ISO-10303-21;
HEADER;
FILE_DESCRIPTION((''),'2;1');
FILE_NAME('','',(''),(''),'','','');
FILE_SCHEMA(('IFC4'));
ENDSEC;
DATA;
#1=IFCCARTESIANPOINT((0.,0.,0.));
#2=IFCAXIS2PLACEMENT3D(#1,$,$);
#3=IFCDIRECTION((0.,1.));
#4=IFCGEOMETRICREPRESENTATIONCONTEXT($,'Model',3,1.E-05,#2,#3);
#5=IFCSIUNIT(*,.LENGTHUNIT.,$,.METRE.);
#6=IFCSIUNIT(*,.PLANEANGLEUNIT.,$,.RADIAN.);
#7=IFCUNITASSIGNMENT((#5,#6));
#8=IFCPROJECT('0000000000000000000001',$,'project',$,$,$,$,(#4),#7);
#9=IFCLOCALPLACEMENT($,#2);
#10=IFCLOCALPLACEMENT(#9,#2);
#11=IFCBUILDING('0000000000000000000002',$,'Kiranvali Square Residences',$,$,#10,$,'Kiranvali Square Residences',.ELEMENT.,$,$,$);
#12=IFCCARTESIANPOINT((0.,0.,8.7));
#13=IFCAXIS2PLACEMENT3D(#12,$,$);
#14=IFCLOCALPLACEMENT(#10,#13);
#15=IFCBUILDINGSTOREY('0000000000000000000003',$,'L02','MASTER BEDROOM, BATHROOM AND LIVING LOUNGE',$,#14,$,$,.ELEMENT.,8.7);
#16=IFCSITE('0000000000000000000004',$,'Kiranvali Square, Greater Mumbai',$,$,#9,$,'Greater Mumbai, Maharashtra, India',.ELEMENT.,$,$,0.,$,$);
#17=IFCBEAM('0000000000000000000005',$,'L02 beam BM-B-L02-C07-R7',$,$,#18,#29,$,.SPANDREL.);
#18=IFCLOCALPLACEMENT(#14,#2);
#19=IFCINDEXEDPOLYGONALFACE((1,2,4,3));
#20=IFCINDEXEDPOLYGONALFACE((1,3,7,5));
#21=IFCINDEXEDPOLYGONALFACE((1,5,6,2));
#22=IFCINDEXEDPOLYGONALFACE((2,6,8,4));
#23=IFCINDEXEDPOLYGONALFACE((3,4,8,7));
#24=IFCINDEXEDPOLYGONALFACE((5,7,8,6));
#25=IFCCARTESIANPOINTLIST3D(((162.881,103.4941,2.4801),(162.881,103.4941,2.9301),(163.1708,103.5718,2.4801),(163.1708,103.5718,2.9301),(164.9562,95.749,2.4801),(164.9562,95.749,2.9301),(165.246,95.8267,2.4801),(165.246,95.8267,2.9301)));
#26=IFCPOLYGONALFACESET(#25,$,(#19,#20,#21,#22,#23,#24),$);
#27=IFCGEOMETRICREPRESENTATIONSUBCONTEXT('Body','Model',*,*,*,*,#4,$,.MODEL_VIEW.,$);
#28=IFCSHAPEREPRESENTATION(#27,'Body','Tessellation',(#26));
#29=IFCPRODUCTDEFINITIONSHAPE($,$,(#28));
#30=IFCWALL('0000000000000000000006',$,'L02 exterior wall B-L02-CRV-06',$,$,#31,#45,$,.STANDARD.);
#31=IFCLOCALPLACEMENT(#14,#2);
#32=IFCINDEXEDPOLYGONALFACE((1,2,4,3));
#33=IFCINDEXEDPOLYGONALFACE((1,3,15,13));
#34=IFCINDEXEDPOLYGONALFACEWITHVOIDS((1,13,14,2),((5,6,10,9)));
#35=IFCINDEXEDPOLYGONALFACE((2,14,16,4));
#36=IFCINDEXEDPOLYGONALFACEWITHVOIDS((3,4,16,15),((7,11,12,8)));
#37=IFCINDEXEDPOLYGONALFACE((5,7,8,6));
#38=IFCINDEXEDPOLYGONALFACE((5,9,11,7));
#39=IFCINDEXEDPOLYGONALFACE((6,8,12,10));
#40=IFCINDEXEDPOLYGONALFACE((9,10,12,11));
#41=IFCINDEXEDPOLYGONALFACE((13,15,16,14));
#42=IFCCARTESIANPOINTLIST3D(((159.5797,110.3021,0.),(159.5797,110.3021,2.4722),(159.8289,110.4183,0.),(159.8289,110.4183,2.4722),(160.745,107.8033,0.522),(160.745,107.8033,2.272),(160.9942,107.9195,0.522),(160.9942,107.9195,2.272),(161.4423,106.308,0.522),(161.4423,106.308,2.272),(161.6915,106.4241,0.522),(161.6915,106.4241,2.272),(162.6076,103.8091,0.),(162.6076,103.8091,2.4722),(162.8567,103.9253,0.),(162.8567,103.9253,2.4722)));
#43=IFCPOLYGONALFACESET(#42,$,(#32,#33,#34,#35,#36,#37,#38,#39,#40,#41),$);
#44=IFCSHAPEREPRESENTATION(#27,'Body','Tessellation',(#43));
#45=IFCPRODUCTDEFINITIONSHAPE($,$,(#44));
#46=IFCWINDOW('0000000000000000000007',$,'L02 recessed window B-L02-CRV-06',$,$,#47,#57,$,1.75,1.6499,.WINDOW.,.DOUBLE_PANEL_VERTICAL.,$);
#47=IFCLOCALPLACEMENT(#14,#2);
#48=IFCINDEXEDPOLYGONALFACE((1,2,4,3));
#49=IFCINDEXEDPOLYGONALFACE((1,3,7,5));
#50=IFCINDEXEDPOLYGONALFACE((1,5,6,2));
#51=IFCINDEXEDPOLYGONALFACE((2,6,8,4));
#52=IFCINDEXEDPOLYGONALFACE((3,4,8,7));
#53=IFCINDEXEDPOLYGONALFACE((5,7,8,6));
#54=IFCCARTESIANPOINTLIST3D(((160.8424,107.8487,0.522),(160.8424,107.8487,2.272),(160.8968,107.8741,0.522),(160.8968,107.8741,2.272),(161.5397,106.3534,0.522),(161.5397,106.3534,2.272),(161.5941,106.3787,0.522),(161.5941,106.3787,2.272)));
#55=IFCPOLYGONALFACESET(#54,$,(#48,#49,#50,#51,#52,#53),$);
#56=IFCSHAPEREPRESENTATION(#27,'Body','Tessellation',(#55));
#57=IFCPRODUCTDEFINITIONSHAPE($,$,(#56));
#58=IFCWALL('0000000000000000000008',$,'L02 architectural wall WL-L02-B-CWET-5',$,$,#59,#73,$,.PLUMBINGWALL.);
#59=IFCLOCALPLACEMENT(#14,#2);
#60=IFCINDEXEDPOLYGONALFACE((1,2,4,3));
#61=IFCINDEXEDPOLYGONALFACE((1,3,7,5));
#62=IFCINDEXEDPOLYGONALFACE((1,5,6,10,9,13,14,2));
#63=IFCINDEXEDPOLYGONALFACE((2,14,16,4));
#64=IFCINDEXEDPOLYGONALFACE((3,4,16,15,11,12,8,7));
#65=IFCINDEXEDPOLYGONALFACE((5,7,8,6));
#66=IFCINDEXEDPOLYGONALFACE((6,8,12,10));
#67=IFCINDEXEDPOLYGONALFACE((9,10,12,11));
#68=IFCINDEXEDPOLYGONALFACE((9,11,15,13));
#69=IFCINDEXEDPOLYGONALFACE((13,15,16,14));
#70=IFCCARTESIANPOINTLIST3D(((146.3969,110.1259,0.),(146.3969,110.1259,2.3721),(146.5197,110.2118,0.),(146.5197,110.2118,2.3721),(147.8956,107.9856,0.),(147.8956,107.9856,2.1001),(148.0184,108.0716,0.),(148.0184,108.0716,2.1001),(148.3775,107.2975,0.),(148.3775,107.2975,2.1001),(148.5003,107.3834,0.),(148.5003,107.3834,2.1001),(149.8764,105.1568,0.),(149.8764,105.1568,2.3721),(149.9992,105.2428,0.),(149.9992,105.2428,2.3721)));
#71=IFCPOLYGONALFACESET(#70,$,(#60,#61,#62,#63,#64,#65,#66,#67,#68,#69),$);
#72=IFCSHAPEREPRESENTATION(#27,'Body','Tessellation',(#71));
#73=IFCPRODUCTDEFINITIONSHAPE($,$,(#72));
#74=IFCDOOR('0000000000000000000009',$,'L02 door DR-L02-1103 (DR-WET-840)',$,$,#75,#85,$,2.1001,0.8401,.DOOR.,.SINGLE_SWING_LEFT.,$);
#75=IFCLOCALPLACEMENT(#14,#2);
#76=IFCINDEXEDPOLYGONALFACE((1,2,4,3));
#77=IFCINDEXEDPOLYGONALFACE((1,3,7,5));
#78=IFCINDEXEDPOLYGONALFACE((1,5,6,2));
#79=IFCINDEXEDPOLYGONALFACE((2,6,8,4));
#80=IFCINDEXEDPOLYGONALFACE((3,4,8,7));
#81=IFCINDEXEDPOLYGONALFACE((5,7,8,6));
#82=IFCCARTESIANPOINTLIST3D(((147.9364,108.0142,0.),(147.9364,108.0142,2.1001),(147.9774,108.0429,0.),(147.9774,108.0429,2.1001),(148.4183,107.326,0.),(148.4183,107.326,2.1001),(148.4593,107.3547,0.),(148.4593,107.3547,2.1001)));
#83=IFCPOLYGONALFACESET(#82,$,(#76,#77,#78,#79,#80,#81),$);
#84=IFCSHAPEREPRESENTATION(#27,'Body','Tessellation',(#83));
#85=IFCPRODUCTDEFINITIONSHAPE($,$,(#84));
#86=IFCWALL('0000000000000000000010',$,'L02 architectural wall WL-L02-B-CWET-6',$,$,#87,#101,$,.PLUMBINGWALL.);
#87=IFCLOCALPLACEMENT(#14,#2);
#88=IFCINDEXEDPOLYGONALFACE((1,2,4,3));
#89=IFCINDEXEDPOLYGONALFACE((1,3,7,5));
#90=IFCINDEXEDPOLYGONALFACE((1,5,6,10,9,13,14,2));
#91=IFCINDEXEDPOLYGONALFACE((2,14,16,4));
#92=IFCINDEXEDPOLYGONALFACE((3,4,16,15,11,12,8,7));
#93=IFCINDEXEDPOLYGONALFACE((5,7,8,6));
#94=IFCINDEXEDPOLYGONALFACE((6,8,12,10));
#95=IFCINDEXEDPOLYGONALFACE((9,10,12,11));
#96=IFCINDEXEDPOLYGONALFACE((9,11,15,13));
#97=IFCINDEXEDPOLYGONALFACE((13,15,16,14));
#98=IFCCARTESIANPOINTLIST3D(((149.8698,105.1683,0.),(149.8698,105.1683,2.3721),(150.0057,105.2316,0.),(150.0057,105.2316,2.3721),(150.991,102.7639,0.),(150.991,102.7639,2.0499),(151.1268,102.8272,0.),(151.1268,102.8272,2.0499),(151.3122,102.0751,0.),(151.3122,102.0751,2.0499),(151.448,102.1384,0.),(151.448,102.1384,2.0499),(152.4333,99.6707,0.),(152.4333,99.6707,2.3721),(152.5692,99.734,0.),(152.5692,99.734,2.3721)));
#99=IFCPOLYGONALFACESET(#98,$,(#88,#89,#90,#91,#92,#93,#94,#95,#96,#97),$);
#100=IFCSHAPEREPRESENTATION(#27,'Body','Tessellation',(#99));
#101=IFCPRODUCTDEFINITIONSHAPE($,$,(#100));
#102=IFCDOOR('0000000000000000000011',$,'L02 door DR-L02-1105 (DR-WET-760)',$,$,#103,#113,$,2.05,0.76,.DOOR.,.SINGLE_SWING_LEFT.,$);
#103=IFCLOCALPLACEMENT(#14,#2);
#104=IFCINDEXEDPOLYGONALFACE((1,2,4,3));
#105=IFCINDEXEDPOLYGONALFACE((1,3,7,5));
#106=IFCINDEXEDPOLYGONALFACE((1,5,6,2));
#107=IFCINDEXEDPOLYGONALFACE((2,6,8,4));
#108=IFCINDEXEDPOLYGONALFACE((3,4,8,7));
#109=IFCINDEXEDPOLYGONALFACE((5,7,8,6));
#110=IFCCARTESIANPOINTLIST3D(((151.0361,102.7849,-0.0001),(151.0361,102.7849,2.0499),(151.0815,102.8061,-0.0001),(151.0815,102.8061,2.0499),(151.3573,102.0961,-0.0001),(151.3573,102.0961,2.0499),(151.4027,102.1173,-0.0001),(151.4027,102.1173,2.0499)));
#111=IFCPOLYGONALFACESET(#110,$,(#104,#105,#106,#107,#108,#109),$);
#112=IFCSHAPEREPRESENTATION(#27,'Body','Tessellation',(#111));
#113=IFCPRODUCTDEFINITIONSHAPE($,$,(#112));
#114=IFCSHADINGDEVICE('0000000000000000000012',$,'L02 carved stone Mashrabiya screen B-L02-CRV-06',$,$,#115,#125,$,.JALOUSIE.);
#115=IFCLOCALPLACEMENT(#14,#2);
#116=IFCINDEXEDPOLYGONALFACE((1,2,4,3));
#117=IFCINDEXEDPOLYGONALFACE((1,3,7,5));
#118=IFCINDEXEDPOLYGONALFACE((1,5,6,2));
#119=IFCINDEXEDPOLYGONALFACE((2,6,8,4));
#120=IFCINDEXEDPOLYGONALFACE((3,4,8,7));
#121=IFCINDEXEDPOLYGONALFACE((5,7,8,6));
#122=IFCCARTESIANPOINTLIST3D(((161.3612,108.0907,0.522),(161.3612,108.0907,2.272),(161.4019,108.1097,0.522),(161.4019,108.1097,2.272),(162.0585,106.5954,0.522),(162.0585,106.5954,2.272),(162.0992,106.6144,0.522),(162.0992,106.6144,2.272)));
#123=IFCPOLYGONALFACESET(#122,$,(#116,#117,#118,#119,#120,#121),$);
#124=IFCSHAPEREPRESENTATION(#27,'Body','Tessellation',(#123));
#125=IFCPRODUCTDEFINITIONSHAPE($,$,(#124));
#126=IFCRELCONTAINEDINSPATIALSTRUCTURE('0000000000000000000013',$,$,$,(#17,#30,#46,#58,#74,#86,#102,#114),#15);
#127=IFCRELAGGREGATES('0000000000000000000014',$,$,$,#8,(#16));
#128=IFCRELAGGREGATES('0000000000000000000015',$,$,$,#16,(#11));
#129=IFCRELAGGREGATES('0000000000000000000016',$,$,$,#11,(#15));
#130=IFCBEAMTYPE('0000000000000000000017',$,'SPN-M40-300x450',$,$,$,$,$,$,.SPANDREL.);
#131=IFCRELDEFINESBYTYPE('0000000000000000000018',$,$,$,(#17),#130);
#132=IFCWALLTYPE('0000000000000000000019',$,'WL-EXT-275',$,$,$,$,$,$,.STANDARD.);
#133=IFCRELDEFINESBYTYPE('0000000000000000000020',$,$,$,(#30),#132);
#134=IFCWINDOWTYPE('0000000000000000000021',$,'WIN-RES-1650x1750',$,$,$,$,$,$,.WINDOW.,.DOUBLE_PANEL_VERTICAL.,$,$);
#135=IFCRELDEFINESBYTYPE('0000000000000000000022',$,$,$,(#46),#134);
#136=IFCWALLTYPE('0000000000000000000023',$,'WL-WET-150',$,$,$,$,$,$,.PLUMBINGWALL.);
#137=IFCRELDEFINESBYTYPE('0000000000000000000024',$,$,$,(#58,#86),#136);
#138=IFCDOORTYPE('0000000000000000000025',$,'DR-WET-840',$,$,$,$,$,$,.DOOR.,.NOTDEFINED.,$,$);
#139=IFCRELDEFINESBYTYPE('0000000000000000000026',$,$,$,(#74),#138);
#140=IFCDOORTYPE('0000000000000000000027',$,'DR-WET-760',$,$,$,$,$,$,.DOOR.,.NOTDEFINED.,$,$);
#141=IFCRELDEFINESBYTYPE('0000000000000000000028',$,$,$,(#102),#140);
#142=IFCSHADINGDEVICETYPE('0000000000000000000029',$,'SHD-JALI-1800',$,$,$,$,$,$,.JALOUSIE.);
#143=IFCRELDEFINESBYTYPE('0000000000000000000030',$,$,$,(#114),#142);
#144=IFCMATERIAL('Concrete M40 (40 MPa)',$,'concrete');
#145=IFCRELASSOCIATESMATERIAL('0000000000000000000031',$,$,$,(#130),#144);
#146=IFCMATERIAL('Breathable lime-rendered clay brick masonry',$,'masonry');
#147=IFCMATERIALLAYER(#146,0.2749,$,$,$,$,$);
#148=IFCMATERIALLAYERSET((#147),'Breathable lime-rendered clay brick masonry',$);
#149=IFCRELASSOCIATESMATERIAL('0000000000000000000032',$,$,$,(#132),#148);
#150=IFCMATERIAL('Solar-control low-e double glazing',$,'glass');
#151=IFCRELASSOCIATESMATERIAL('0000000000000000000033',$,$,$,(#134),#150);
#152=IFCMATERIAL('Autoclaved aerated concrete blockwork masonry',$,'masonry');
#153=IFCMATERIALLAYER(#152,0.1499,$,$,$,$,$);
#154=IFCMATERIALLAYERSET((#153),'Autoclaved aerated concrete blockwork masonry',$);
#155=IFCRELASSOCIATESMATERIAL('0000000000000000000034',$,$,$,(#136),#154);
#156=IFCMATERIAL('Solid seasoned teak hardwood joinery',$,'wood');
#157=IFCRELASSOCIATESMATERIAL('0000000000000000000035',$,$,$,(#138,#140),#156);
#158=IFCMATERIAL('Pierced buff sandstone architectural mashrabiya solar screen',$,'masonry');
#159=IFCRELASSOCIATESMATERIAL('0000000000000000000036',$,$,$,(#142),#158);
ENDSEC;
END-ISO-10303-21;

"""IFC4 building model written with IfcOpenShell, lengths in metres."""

from ifc_helpers import new_model, si_unit, direction, frame, frame_2d, origin, origin_2d, place, context, subcontext, project, spatial, rectangle, extrude, material, layer, layer_set, material_profile, profile_set, type_object, element, fill, save


model = new_model("IFC4")

# Units and contexts
model_context = context("Model", 3, precision=1e-05, world=origin(), true_north=direction((0.0, 1.0)))
body_context = subcontext(model_context, "Body", "Model", "MODEL_VIEW")
ifc_project = project(units=[si_unit("LENGTHUNIT", "METRE"), si_unit("PLANEANGLEUNIT", "RADIAN")], contexts=[model_context])

# Site, building, storey
site_placement = place(None, origin())
site = spatial("IfcSite", under=ifc_project, at=site_placement, Name="Kiranvali Square, Greater Mumbai", LongName="Greater Mumbai, Maharashtra, India", CompositionType="ELEMENT", RefElevation=0.0)
building_placement = place(site_placement, origin())
building = spatial("IfcBuilding", under=site, at=building_placement, Name="Kiranvali Square Residences", LongName="Kiranvali Square Residences", CompositionType="ELEMENT")
storey_placement = place(building_placement, frame((0.0, 0.0, 8.7)))
storey = spatial("IfcBuildingStorey", under=building, at=storey_placement, Name="L02", Description="MASTER BEDROOM, BATHROOM AND LIVING LOUNGE", CompositionType="ELEMENT", Elevation=8.7)

# Beam
ifc_material_1 = material(Name="Concrete M40 (40 MPa)", Category="concrete")
ifc_material_profile_1 = material_profile(ifc_material_1, rectangle(XDim=0.3, YDim=0.45, at=origin_2d()), Name="RC 300x450")
ifc_profile_set_1 = profile_set([ifc_material_profile_1], Name="Concrete M40 (40 MPa)")
beam_type_1 = type_object("IfcBeamType", Name="SPN-M40-300x450", PredefinedType="SPANDREL", material=ifc_profile_set_1)
beam_1_placement = place(storey_placement, frame((163.0259, 103.533, 2.7051), z_axis=(0.258807, -0.965929, 0.0), x_axis=(0.965929, 0.258807, 0.0)))
element("IfcBeam", 1, at=beam_1_placement, inside=storey, type_object=beam_type_1, Name="L02 beam BM-B-L02-C07-R7", PredefinedType="SPANDREL", context=body_context, shape_type="SweptSolid", body=[
    extrude(rectangle(XDim=0.3, YDim=0.45, at=origin_2d()), origin(), (0.0, 0.0, 1.0), 8.0183),
])

# Wall, opening, window
ifc_material_2 = material(Name="Breathable lime-rendered clay brick masonry", Category="masonry")
ifc_layer_1 = layer(ifc_material_2, 0.2749)
ifc_layer_set_1 = layer_set([ifc_layer_1], Name="Breathable lime-rendered clay brick masonry")
wall_type_1 = type_object("IfcWallType", Name="WL-EXT-275", PredefinedType="STANDARD", material=ifc_layer_set_1)
wall_1_placement = place(storey_placement, frame((159.7043, 110.3601, 0.0), z_axis=(0.0, 0.0, 1.0), x_axis=(0.422634, -0.906301, 0.0)))
wall_1 = element("IfcWall", 2, at=wall_1_placement, inside=storey, type_object=wall_type_1, Name="L02 exterior wall B-L02-CRV-06", PredefinedType="STANDARD", context=body_context, shape_type="SweptSolid", body=[
    extrude(rectangle(XDim=7.1643, YDim=0.2749, at=frame_2d((3.582, 0.0))), origin(), (0.0, 0.0, 1.0), 2.4722),
])
opening_1_placement = place(wall_1_placement, frame((2.7571, 0.0, 0.522)))
opening_1 = element("IfcOpeningElement", 3, at=opening_1_placement, cuts=wall_1, PredefinedType="OPENING", context=body_context, shape_type="SweptSolid", body=[
    extrude(rectangle(XDim=1.6499, YDim=1.75, at=frame_2d((0.825, 0.875))), frame((0.0, 0.1475, 0.0), z_axis=(0.0, -1.0, 0.0), x_axis=(1.0, 0.0, 0.0)), (0.0, 0.0, 1.0), 0.2949),
])
ifc_material_3 = material(Name="Solar-control low-e double glazing", Category="glass")
window_type_1 = type_object("IfcWindowType", Name="WIN-RES-1650x1750", PartitioningType="DOUBLE_PANEL_VERTICAL", PredefinedType="WINDOW", material=ifc_material_3)
window_1_placement = place(opening_1_placement, origin())
window_1 = element("IfcWindow", 4, at=window_1_placement, inside=storey, type_object=window_type_1, Name="L02 recessed window B-L02-CRV-06", OverallHeight=1.75, OverallWidth=1.6499, PartitioningType="DOUBLE_PANEL_VERTICAL", PredefinedType="WINDOW", context=body_context, shape_type="SweptSolid", body=[
    extrude(rectangle(XDim=1.6499, YDim=1.75, at=frame_2d((0.825, 0.875))), frame((0.0, 0.03, 0.0), z_axis=(0.0, -1.0, 0.0), x_axis=(1.0, 0.0, 0.0)), (0.0, 0.0, 1.0), 0.0601),
])
fill(opening_1, window_1)

# Walls, openings, doors
ifc_material_4 = material(Name="Autoclaved aerated concrete blockwork masonry", Category="masonry")
ifc_layer_2 = layer(ifc_material_4, 0.1499)
ifc_layer_set_2 = layer_set([ifc_layer_2], Name="Autoclaved aerated concrete blockwork masonry")
wall_type_2 = type_object("IfcWallType", Name="WL-WET-150", PredefinedType="PLUMBINGWALL", material=ifc_layer_set_2)
wall_2_placement = place(storey_placement, frame((146.4583, 110.1689, 0.0), z_axis=(0.0, 0.0, 1.0), x_axis=(0.573595, -0.819139, 0.0)))
wall_2 = element("IfcWall", 5, at=wall_2_placement, inside=storey, type_object=wall_type_2, Name="L02 architectural wall WL-L02-B-CWET-5", PredefinedType="PLUMBINGWALL", context=body_context, shape_type="SweptSolid", body=[
    extrude(rectangle(XDim=6.0662, YDim=0.1499, at=frame_2d((3.0332, 0.0))), origin(), (0.0, 0.0, 1.0), 2.3721),
])
opening_2_placement = place(wall_2_placement, frame((2.613, 0.0, 0.0)))
opening_2 = element("IfcOpeningElement", 6, at=opening_2_placement, cuts=wall_2, PredefinedType="OPENING", context=body_context, shape_type="SweptSolid", body=[
    extrude(rectangle(XDim=0.8401, YDim=2.1001, at=frame_2d((0.4199, 1.05))), frame((0.0, 0.085, 0.0), z_axis=(0.0, -1.0, 0.0), x_axis=(1.0, 0.0, 0.0)), (0.0, 0.0, 1.0), 0.1699),
])
ifc_material_5 = material(Name="Solid seasoned teak hardwood joinery", Category="wood")
door_type_1 = type_object("IfcDoorType", Name="DR-WET-840", OperationType="NOTDEFINED", PredefinedType="DOOR", material=ifc_material_5)
door_1_placement = place(opening_2_placement, origin())
door_1 = element("IfcDoor", 7, at=door_1_placement, inside=storey, type_object=door_type_1, Name="L02 door DR-L02-1103 (DR-WET-840)", OperationType="SINGLE_SWING_LEFT", OverallHeight=2.1001, OverallWidth=0.8401, PredefinedType="DOOR", context=body_context, shape_type="SweptSolid", body=[
    extrude(rectangle(XDim=0.8401, YDim=2.1001, at=frame_2d((0.4199, 1.05))), frame((0.0, 0.0249, 0.0), z_axis=(0.0, -1.0, 0.0), x_axis=(1.0, 0.0, 0.0)), (0.0, 0.0, 1.0), 0.05),
])
fill(opening_2, door_1)
wall_3_placement = place(storey_placement, frame((149.9377, 105.2, 0.0), z_axis=(0.0, 0.0, 1.0), x_axis=(0.422608, -0.906313, 0.0)))
wall_3 = element("IfcWall", 8, at=wall_3_placement, inside=storey, type_object=wall_type_2, Name="L02 architectural wall WL-L02-B-CWET-6", PredefinedType="PLUMBINGWALL", context=body_context, shape_type="SweptSolid", body=[
    extrude(rectangle(XDim=6.0659, YDim=0.1499, at=frame_2d((3.033, 0.0))), origin(), (0.0, 0.0, 1.0), 2.3721),
])
opening_3_placement = place(wall_3_placement, frame((2.6531, 0.0, 0.0)))
opening_3 = element("IfcOpeningElement", 9, at=opening_3_placement, cuts=wall_3, PredefinedType="OPENING", context=body_context, shape_type="SweptSolid", body=[
    extrude(rectangle(XDim=0.76, YDim=2.05, at=frame_2d((0.3799, 1.0249))), frame((0.0, 0.085, 0.0), z_axis=(0.0, -1.0, 0.0), x_axis=(1.0, 0.0, 0.0)), (0.0, 0.0, 1.0), 0.1699),
])
door_type_2 = type_object("IfcDoorType", Name="DR-WET-760", OperationType="NOTDEFINED", PredefinedType="DOOR", material=ifc_material_5)
door_2_placement = place(opening_3_placement, origin())
door_2 = element("IfcDoor", 10, at=door_2_placement, inside=storey, type_object=door_type_2, Name="L02 door DR-L02-1105 (DR-WET-760)", OperationType="SINGLE_SWING_LEFT", OverallHeight=2.05, OverallWidth=0.76, PredefinedType="DOOR", context=body_context, shape_type="SweptSolid", body=[
    extrude(rectangle(XDim=0.76, YDim=2.05, at=frame_2d((0.3799, 1.0249))), frame((0.0, 0.0249, 0.0), z_axis=(0.0, -1.0, 0.0), x_axis=(1.0, 0.0, 0.0)), (0.0, 0.0, 1.0), 0.05),
])
fill(opening_3, door_2)

# Shading device
ifc_material_6 = material(Name="Pierced buff sandstone architectural mashrabiya solar screen", Category="masonry")
shading_device_type = type_object("IfcShadingDeviceType", Name="SHD-JALI-1800", PredefinedType="JALOUSIE", material=ifc_material_6)
shading_device_placement = place(storey_placement, frame((161.7302, 107.3525, 0.522), z_axis=(0.0, 0.0, 1.0), x_axis=(0.422618, -0.906308, 0.0)))
element("IfcShadingDevice", 11, at=shading_device_placement, inside=storey, type_object=shading_device_type, Name="L02 carved stone Mashrabiya screen B-L02-CRV-06", PredefinedType="JALOUSIE", context=body_context, shape_type="SweptSolid", body=[
    extrude(rectangle(XDim=1.6499, YDim=0.0449, at=origin_2d()), origin(), (0.0, 0.0, 1.0), 1.75),
])

save(model, "model.ifc")
